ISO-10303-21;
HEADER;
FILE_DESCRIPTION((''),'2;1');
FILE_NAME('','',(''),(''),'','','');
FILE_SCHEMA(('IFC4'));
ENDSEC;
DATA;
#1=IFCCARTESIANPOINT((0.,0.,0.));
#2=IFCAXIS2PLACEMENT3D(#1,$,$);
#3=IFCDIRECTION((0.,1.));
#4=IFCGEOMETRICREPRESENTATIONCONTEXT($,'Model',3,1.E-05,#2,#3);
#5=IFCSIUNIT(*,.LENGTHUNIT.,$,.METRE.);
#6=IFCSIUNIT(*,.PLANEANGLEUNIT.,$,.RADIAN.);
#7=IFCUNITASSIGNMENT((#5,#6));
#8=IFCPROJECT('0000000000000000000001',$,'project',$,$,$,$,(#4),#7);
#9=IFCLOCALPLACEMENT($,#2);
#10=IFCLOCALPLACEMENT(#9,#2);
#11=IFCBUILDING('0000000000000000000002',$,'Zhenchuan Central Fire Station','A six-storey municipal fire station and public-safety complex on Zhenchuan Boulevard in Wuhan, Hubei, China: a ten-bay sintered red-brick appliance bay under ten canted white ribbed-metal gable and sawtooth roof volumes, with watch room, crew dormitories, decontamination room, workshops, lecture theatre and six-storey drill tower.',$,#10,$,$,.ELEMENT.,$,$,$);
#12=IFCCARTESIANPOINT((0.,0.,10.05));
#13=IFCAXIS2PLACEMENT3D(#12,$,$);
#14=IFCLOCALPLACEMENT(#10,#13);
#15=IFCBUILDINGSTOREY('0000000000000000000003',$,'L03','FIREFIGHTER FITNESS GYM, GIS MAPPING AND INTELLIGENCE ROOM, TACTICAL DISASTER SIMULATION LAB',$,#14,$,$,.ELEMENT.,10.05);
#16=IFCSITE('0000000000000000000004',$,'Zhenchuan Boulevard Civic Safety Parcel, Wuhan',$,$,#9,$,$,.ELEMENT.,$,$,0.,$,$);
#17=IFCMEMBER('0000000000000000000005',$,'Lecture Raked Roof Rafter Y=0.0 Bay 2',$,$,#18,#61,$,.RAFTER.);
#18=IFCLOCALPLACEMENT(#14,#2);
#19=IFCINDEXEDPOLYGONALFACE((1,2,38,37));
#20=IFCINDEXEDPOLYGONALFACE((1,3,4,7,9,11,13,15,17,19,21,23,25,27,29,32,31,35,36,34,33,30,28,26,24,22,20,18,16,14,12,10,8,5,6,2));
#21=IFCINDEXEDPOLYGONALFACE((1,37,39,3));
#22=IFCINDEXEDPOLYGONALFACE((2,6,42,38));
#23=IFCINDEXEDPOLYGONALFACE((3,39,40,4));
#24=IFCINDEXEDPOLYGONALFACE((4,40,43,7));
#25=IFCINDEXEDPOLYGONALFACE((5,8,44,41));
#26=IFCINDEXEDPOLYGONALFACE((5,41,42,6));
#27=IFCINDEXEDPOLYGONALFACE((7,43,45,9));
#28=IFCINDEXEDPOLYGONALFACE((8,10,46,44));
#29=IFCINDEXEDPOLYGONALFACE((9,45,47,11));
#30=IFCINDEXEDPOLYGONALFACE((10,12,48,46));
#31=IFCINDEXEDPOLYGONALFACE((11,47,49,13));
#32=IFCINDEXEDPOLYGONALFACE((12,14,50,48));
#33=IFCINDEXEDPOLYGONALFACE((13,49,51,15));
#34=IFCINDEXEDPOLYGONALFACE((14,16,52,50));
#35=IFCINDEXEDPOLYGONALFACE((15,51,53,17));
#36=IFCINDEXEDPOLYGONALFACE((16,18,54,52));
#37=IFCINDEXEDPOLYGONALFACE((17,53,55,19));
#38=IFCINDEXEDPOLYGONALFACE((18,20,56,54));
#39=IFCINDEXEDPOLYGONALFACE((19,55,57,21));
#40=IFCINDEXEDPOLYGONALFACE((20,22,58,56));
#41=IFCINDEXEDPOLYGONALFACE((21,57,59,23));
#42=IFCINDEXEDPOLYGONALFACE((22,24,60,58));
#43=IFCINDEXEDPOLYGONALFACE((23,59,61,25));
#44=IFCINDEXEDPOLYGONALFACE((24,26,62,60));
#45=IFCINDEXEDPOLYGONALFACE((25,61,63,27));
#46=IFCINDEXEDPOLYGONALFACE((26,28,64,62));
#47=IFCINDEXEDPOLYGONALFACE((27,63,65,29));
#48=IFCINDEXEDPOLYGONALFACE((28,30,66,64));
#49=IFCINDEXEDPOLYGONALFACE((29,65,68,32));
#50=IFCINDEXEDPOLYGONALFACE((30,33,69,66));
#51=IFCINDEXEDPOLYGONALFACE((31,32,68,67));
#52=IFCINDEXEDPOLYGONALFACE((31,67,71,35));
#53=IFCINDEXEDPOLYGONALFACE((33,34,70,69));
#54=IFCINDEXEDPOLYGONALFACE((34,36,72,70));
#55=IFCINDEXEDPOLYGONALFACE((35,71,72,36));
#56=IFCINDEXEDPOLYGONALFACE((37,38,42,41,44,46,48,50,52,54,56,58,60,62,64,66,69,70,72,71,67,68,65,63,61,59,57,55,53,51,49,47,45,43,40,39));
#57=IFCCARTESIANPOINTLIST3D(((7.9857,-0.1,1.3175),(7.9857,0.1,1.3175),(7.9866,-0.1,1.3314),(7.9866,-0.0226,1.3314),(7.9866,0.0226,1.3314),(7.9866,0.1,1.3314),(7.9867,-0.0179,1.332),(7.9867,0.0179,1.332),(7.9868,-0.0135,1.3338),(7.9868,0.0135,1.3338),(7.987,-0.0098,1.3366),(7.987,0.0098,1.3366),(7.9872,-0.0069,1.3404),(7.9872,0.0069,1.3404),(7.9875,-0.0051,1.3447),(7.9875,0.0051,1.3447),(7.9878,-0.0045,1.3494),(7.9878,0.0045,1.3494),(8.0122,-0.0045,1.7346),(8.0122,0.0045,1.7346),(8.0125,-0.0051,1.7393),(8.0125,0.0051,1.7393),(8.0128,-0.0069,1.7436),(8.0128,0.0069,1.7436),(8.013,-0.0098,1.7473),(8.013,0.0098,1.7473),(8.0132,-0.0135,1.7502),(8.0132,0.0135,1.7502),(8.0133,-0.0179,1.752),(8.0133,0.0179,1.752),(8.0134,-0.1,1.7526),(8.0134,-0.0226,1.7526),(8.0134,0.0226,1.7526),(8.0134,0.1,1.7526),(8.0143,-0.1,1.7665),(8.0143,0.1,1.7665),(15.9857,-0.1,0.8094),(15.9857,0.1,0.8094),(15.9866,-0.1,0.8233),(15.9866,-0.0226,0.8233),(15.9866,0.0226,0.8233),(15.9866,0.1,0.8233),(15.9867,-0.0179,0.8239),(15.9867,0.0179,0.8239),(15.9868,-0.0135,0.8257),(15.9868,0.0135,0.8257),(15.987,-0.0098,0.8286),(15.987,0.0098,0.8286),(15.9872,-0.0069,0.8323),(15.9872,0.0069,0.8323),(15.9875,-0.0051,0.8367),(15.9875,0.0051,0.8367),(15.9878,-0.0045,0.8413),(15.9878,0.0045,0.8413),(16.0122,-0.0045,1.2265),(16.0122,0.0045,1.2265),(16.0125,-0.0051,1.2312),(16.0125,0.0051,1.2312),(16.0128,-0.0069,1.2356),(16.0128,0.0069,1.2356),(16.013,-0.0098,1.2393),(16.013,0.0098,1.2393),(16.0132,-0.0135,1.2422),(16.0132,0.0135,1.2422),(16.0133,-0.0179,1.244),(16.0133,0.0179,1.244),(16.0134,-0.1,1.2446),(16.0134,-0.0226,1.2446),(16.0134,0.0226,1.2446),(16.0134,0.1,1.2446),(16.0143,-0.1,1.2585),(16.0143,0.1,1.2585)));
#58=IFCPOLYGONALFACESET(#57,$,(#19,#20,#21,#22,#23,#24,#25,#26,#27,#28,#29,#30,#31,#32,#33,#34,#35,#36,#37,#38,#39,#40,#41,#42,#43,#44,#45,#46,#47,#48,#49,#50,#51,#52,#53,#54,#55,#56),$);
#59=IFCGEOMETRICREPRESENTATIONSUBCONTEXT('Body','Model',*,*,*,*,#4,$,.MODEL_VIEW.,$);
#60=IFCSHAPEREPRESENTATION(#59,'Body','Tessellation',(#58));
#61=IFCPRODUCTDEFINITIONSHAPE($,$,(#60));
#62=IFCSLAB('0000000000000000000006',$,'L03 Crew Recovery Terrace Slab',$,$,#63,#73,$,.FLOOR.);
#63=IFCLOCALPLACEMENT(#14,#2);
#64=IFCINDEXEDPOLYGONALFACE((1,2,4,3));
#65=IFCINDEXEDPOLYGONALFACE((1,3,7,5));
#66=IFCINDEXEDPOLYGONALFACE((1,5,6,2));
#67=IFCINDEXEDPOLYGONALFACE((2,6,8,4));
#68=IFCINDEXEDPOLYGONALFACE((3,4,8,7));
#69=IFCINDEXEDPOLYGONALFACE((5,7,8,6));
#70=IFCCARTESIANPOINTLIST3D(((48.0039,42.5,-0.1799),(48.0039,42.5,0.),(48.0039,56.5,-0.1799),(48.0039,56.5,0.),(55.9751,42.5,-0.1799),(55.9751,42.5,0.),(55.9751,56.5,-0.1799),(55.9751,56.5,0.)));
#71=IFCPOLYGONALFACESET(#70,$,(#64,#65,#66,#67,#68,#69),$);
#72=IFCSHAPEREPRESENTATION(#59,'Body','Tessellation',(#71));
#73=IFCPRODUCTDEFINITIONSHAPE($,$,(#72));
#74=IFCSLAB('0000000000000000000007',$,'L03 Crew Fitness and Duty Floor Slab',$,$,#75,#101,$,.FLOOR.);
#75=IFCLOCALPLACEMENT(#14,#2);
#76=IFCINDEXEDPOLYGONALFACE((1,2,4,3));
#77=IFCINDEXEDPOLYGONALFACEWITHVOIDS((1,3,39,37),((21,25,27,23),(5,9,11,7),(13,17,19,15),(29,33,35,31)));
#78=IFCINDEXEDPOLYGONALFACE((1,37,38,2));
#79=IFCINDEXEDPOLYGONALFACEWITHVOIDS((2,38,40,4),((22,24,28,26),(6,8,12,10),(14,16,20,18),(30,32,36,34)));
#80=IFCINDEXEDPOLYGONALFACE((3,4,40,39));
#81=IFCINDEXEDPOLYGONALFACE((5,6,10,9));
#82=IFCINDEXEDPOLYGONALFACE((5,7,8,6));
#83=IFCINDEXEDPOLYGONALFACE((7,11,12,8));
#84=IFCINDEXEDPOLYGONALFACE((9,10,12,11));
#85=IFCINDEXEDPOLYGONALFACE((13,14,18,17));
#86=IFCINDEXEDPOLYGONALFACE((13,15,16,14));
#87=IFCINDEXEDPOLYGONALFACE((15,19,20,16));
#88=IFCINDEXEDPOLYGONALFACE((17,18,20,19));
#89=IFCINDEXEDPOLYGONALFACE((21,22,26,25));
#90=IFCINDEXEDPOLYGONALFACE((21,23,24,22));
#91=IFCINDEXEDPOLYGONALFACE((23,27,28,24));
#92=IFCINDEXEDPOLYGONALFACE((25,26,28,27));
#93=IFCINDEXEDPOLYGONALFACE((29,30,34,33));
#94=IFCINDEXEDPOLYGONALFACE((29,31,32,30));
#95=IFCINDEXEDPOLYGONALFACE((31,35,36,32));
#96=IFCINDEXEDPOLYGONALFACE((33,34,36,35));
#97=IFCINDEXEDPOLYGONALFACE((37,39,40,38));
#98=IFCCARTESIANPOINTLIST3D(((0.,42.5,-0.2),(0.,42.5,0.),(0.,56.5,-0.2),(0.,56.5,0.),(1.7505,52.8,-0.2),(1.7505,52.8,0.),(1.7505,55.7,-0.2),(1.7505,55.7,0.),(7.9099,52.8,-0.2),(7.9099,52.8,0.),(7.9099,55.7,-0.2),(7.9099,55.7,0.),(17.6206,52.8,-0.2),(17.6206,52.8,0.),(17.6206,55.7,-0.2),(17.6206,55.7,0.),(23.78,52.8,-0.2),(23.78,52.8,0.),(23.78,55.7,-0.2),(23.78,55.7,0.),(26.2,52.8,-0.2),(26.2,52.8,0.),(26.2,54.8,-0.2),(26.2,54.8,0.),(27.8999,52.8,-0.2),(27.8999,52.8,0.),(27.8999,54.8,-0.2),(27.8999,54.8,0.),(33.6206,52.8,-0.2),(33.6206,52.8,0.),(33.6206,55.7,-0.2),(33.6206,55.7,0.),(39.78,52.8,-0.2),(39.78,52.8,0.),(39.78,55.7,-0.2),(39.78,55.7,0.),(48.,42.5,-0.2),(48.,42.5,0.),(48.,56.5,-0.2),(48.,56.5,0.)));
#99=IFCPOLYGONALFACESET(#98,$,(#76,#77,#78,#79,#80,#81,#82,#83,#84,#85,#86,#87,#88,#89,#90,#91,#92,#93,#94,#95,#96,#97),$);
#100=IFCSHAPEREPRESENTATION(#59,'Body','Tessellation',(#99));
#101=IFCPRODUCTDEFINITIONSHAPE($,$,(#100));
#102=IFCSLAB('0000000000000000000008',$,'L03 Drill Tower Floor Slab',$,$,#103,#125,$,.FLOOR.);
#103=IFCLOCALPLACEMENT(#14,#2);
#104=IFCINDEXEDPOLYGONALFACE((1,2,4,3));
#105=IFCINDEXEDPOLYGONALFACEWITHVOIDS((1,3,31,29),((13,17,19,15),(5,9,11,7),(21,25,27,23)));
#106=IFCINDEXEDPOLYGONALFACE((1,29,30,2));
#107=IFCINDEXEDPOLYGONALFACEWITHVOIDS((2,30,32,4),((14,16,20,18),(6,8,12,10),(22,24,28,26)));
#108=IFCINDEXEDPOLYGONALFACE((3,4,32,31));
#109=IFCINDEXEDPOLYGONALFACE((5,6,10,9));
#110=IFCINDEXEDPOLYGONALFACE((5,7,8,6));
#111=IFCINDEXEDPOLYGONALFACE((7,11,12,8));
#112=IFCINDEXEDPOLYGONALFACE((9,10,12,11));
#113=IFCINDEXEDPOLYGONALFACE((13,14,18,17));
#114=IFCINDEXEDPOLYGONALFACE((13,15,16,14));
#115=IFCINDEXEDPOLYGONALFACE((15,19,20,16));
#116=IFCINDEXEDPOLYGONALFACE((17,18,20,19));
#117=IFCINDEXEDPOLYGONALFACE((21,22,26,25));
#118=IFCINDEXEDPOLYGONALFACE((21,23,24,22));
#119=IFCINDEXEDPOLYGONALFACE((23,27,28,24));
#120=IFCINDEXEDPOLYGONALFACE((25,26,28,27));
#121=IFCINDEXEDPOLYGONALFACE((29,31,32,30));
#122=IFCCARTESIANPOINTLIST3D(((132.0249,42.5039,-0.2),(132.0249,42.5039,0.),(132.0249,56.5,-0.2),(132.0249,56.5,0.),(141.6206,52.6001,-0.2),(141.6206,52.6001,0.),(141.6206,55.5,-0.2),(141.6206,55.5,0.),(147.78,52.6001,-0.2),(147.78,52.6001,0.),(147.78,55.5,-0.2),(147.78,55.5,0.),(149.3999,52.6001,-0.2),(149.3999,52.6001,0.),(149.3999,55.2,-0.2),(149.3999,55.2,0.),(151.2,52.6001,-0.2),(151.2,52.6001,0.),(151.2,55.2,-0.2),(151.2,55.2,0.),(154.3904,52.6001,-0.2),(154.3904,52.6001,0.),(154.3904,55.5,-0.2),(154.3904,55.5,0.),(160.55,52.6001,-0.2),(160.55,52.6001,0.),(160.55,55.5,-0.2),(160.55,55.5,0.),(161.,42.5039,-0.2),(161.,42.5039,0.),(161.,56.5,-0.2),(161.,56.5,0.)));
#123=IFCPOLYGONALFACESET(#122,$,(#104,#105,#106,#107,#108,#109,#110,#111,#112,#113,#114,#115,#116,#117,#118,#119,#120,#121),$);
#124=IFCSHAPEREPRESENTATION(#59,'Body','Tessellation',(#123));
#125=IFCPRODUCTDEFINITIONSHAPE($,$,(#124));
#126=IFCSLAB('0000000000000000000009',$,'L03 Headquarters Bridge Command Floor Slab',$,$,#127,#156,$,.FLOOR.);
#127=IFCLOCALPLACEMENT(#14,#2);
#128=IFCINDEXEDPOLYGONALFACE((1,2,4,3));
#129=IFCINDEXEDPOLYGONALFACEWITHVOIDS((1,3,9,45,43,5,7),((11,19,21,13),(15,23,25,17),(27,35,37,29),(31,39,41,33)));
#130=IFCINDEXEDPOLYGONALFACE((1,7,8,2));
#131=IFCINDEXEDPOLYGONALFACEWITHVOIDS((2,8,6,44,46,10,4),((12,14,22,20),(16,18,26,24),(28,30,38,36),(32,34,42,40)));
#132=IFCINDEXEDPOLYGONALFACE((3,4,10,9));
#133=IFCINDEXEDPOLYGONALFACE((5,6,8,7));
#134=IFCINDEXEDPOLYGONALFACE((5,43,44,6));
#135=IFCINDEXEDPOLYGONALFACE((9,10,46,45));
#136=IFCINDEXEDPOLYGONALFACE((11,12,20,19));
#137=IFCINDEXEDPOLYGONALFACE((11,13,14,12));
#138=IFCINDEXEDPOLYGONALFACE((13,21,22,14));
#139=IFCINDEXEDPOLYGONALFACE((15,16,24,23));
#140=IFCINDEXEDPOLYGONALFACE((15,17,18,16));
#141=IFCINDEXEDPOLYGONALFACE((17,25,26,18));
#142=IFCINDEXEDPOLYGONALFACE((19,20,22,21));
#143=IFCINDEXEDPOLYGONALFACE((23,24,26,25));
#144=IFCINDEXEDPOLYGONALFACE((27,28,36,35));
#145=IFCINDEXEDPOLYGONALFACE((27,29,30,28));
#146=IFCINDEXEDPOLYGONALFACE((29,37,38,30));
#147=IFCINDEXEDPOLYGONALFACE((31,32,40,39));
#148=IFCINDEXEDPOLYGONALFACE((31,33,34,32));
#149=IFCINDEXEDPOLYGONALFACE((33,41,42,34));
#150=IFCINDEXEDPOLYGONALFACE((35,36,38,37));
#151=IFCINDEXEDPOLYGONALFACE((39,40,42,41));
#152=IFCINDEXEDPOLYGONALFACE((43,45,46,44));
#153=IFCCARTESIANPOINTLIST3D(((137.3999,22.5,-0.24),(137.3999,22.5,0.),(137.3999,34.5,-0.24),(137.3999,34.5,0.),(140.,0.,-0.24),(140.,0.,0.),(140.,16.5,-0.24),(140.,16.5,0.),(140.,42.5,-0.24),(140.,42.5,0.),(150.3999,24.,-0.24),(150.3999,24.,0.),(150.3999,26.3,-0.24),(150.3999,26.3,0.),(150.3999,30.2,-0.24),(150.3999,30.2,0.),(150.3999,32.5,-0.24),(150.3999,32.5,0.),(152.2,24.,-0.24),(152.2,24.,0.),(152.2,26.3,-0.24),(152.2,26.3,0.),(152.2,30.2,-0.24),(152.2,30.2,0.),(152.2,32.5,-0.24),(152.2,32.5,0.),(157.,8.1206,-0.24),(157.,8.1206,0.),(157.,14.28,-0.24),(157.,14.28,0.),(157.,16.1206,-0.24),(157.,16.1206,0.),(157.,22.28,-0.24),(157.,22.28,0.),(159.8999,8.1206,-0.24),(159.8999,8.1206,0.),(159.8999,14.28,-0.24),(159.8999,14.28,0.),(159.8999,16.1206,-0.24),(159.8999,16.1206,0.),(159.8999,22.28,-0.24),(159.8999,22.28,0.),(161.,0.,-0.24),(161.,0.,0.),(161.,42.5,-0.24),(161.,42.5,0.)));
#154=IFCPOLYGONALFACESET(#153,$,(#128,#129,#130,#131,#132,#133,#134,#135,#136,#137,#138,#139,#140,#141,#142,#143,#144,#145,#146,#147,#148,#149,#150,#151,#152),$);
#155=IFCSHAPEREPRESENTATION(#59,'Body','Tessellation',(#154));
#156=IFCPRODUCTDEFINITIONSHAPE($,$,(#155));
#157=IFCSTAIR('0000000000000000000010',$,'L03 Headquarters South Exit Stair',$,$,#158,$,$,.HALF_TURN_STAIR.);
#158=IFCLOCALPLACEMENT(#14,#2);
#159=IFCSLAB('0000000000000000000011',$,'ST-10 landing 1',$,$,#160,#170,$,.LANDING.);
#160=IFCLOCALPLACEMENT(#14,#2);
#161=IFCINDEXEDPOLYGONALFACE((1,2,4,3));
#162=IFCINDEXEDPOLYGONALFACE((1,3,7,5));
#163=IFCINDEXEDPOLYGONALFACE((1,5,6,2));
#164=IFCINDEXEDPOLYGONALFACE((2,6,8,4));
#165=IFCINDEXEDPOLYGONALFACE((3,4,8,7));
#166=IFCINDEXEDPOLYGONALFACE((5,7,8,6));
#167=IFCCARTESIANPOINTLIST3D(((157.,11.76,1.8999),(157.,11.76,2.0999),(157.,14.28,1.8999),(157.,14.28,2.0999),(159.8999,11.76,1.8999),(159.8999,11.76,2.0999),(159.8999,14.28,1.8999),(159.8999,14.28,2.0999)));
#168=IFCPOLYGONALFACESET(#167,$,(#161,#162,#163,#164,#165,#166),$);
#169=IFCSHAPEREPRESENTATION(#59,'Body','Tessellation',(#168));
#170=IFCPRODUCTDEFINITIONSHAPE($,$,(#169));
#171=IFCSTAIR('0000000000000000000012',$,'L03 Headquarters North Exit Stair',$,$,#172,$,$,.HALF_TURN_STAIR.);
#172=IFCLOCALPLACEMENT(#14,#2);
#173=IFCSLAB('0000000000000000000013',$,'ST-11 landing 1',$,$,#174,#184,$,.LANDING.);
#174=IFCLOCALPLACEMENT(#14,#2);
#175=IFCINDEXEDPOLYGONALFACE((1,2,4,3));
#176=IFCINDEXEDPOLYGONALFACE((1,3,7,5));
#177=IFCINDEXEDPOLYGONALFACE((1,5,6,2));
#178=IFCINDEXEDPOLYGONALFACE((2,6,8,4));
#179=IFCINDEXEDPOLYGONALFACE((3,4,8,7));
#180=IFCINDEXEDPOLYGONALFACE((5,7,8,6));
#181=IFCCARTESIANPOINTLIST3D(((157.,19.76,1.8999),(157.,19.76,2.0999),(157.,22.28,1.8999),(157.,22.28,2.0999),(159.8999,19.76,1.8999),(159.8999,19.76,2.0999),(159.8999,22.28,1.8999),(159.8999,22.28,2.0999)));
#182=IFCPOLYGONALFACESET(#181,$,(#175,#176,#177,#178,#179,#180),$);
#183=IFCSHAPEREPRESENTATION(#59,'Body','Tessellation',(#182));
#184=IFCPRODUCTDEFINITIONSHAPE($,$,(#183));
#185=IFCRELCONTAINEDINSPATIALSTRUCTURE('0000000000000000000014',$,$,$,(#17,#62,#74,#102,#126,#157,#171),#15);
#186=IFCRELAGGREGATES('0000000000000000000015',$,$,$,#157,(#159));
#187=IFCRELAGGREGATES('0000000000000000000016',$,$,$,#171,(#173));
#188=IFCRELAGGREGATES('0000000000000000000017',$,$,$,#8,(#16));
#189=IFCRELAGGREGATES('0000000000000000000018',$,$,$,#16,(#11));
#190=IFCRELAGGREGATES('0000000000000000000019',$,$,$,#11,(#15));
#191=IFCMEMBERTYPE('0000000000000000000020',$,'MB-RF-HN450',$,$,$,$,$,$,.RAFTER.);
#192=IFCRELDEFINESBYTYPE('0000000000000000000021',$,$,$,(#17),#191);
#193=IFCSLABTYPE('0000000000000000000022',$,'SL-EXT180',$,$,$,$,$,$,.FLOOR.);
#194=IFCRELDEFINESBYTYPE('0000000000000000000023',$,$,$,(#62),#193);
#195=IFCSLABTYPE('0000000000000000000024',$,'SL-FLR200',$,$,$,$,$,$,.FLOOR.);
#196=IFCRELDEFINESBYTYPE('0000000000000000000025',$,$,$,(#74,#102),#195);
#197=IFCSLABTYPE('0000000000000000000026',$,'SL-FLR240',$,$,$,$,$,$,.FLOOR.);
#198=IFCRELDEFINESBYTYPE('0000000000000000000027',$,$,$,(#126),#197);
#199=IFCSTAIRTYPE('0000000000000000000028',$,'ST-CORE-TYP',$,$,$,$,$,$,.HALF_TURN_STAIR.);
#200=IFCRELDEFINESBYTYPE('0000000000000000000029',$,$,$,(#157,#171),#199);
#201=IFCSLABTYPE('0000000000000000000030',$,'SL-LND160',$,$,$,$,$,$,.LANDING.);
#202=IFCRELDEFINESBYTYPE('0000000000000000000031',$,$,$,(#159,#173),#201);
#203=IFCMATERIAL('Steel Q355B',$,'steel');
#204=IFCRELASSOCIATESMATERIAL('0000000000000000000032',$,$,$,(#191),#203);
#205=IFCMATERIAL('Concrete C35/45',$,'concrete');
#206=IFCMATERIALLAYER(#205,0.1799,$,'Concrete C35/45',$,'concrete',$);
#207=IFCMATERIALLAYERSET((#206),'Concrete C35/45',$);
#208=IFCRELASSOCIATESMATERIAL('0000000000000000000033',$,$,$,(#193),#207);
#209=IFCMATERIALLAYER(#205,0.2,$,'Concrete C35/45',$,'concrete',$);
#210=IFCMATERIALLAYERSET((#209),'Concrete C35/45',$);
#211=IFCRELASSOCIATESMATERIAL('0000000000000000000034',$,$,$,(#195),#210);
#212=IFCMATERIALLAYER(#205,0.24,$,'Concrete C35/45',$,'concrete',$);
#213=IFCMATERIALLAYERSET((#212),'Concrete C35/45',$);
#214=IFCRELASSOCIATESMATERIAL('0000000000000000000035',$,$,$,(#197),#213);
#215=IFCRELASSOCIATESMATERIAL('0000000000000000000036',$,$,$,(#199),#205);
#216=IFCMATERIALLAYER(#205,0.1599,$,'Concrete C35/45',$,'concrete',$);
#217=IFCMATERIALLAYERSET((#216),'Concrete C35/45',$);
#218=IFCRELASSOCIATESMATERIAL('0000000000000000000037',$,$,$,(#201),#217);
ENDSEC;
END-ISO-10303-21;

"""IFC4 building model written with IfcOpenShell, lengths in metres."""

from ifc_helpers import new_model, si_unit, direction, frame, origin, origin_2d, place, context, subcontext, project, spatial, polyline, i_section, outline, extrude, material, layer, layer_set, material_profile, profile_set, type_object, element, aggregate, save


model = new_model("IFC4")

# Units and contexts
model_context = context("Model", 3, precision=1e-05, world=origin(), true_north=direction((0.0, 1.0)))
body_context = subcontext(model_context, "Body", "Model", "MODEL_VIEW")
ifc_project = project(units=[si_unit("LENGTHUNIT", "METRE"), si_unit("PLANEANGLEUNIT", "RADIAN")], contexts=[model_context])

# Site, building, storey
site_placement = place(None, origin())
site = spatial("IfcSite", under=ifc_project, at=site_placement, Name="Zhenchuan Boulevard Civic Safety Parcel, Wuhan", CompositionType="ELEMENT", RefElevation=0.0)
building_placement = place(site_placement, origin())
building = spatial("IfcBuilding", under=site, at=building_placement, Name="Zhenchuan Central Fire Station", Description="A six-storey municipal fire station and public-safety complex on Zhenchuan Boulevard in Wuhan, Hubei, China: a ten-bay sintered red-brick appliance bay under ten canted white ribbed-metal gable and sawtooth roof volumes, with watch room, crew dormitories, decontamination room, workshops, lecture theatre and six-storey drill tower.", CompositionType="ELEMENT")
storey_placement = place(building_placement, frame((0.0, 0.0, 10.05)))
storey = spatial("IfcBuildingStorey", under=building, at=storey_placement, Name="L03", Description="FIREFIGHTER FITNESS GYM, GIS MAPPING AND INTELLIGENCE ROOM, TACTICAL DISASTER SIMULATION LAB", CompositionType="ELEMENT", Elevation=10.05)

# Shared definitions
ifc_material_1 = material(Name="Steel Q355B", Category="steel")

# Member
ifc_material_profile_1 = material_profile(ifc_material_1, i_section(OverallWidth=0.2, OverallDepth=0.45, WebThickness=0.009, FlangeThickness=0.0139, FilletRadius=0.0181, at=origin_2d()), Name="HN 450x200")
ifc_profile_set_1 = profile_set([ifc_material_profile_1], Name="Steel Q355B")
member_type_1 = type_object("IfcMemberType", Name="MB-RF-HN450", PredefinedType="RAFTER", material=ifc_profile_set_1)
for number, where, z_axis, x_axis, name in (
    (1, (8.0, 0.0, 1.542), (0.99799, 0.0, -0.063379), (0.0, 1.0, 0.0), "Lecture Raked Roof Rafter Y=0.0 Bay 2"),
):
    element("IfcMember", number, at=place(storey_placement, frame(where, z_axis=z_axis, x_axis=x_axis)), inside=storey, type_object=member_type_1, Name=name, PredefinedType="RAFTER", context=body_context, shape_type="SweptSolid", body=[
        extrude(i_section(OverallWidth=0.2, OverallDepth=0.45, WebThickness=0.009, FlangeThickness=0.0139, FilletRadius=0.0181, at=origin_2d()), origin(), (0.0, 0.0, 1.0), 8.0161),
    ])

# Slabs
ifc_material_2 = material(Name="Concrete C35/45", Category="concrete")
ifc_layer_1 = layer(ifc_material_2, 0.1799, Name="Concrete C35/45", Category="concrete")
ifc_layer_set_1 = layer_set([ifc_layer_1], Name="Concrete C35/45")
slab_type_1 = type_object("IfcSlabType", Name="SL-EXT180", PredefinedType="FLOOR", material=ifc_layer_set_1)
slab_1_placement = place(storey_placement, frame((0.0, 0.0, -0.1799)))
element("IfcSlab", 2, at=slab_1_placement, inside=storey, type_object=slab_type_1, Name="L03 Crew Recovery Terrace Slab", PredefinedType="FLOOR", context=body_context, shape_type="SweptSolid", body=[
    extrude(outline(polyline([(48.0039, 42.5), (55.9751, 42.5), (55.9751, 56.5), (48.0039, 56.5), (48.0039, 42.5)])), origin(), (0.0, 0.0, 1.0), 0.1799),
])
ifc_layer_2 = layer(ifc_material_2, 0.2, Name="Concrete C35/45", Category="concrete")
ifc_layer_set_2 = layer_set([ifc_layer_2], Name="Concrete C35/45")
slab_type_2 = type_object("IfcSlabType", Name="SL-FLR200", PredefinedType="FLOOR", material=ifc_layer_set_2)
slab_2_placement = place(storey_placement, frame((0.0, 0.0, -0.2)))
element("IfcSlab", 3, at=slab_2_placement, inside=storey, type_object=slab_type_2, Name="L03 Crew Fitness and Duty Floor Slab", PredefinedType="FLOOR", context=body_context, shape_type="SweptSolid", body=[
    extrude(outline(polyline([(0.0, 42.5), (48.0, 42.5), (48.0, 56.5), (0.0, 56.5), (0.0, 42.5)]), holes=[polyline([(1.7505, 52.8), (7.9099, 52.8), (7.9099, 55.7), (1.7505, 55.7), (1.7505, 52.8)]), polyline([(17.6206, 52.8), (23.78, 52.8), (23.78, 55.7), (17.6206, 55.7), (17.6206, 52.8)]), polyline([(33.6206, 52.8), (39.78, 52.8), (39.78, 55.7), (33.6206, 55.7), (33.6206, 52.8)]), polyline([(26.2, 52.8), (27.8999, 52.8), (27.8999, 54.8), (26.2, 54.8), (26.2, 52.8)])]), origin(), (0.0, 0.0, 1.0), 0.2),
])
slab_3_placement = place(storey_placement, frame((0.0, 0.0, -0.2)))
element("IfcSlab", 4, at=slab_3_placement, inside=storey, type_object=slab_type_2, Name="L03 Drill Tower Floor Slab", PredefinedType="FLOOR", context=body_context, shape_type="SweptSolid", body=[
    extrude(outline(polyline([(132.0249, 42.5039), (161.0, 42.5039), (161.0, 56.5), (132.0249, 56.5), (132.0249, 42.5039)]), holes=[polyline([(141.6206, 52.6001), (147.78, 52.6001), (147.78, 55.5), (141.6206, 55.5), (141.6206, 52.6001)]), polyline([(154.3904, 52.6001), (160.55, 52.6001), (160.55, 55.5), (154.3904, 55.5), (154.3904, 52.6001)]), polyline([(149.3999, 52.6001), (151.2, 52.6001), (151.2, 55.2), (149.3999, 55.2), (149.3999, 52.6001)])]), origin(), (0.0, 0.0, 1.0), 0.2),
])
ifc_layer_3 = layer(ifc_material_2, 0.24, Name="Concrete C35/45", Category="concrete")
ifc_layer_set_3 = layer_set([ifc_layer_3], Name="Concrete C35/45")
slab_type_3 = type_object("IfcSlabType", Name="SL-FLR240", PredefinedType="FLOOR", material=ifc_layer_set_3)
slab_4_placement = place(storey_placement, frame((0.0, 0.0, -0.24)))
element("IfcSlab", 5, at=slab_4_placement, inside=storey, type_object=slab_type_3, Name="L03 Headquarters Bridge Command Floor Slab", PredefinedType="FLOOR", context=body_context, shape_type="SweptSolid", body=[
    extrude(outline(polyline([(140.0, 0.0), (161.0, 0.0), (161.0, 42.5), (140.0, 42.5), (137.3999, 34.5), (137.3999, 22.5), (140.0, 16.5), (140.0, 0.0)]), holes=[polyline([(159.8999, 8.1206), (159.8999, 14.28), (157.0, 14.28), (157.0, 8.1206), (159.8999, 8.1206)]), polyline([(159.8999, 16.1206), (159.8999, 22.28), (157.0, 22.28), (157.0, 16.1206), (159.8999, 16.1206)]), polyline([(150.3999, 24.0), (152.2, 24.0), (152.2, 26.3), (150.3999, 26.3), (150.3999, 24.0)]), polyline([(150.3999, 30.2), (152.2, 30.2), (152.2, 32.5), (150.3999, 32.5), (150.3999, 30.2)])]), origin(), (0.0, 0.0, 1.0), 0.24),
])

# Stairs, slabs
stair_type = type_object("IfcStairType", Name="ST-CORE-TYP", PredefinedType="HALF_TURN_STAIR", material=ifc_material_2)
stair_1_placement = place(storey_placement, origin())
stair_1 = element("IfcStair", 6, at=stair_1_placement, inside=storey, type_object=stair_type, Name="L03 Headquarters South Exit Stair", PredefinedType="HALF_TURN_STAIR")
ifc_layer_4 = layer(ifc_material_2, 0.1599, Name="Concrete C35/45", Category="concrete")
ifc_layer_set_4 = layer_set([ifc_layer_4], Name="Concrete C35/45")
slab_type_4 = type_object("IfcSlabType", Name="SL-LND160", PredefinedType="LANDING", material=ifc_layer_set_4)
slab_5_placement = place(storey_placement, frame((0.0, 0.0, 1.8999)))
slab_5 = element("IfcSlab", 7, at=slab_5_placement, type_object=slab_type_4, Name="ST-10 landing 1", PredefinedType="LANDING", context=body_context, shape_type="SweptSolid", body=[
    extrude(outline(polyline([(159.8999, 11.76), (159.8999, 14.28), (157.0, 14.28), (157.0, 11.76), (159.8999, 11.76)])), origin(), (0.0, 0.0, 1.0), 0.2),
])
aggregate(stair_1, [slab_5])
stair_2_placement = place(storey_placement, origin())
stair_2 = element("IfcStair", 8, at=stair_2_placement, inside=storey, type_object=stair_type, Name="L03 Headquarters North Exit Stair", PredefinedType="HALF_TURN_STAIR")
slab_6_placement = place(storey_placement, frame((0.0, 0.0, 1.8999)))
slab_6 = element("IfcSlab", 9, at=slab_6_placement, type_object=slab_type_4, Name="ST-11 landing 1", PredefinedType="LANDING", context=body_context, shape_type="SweptSolid", body=[
    extrude(outline(polyline([(159.8999, 19.76), (159.8999, 22.28), (157.0, 22.28), (157.0, 19.76), (159.8999, 19.76)])), origin(), (0.0, 0.0, 1.0), 0.2),
])
aggregate(stair_2, [slab_6])

save(model, "model.ifc")
